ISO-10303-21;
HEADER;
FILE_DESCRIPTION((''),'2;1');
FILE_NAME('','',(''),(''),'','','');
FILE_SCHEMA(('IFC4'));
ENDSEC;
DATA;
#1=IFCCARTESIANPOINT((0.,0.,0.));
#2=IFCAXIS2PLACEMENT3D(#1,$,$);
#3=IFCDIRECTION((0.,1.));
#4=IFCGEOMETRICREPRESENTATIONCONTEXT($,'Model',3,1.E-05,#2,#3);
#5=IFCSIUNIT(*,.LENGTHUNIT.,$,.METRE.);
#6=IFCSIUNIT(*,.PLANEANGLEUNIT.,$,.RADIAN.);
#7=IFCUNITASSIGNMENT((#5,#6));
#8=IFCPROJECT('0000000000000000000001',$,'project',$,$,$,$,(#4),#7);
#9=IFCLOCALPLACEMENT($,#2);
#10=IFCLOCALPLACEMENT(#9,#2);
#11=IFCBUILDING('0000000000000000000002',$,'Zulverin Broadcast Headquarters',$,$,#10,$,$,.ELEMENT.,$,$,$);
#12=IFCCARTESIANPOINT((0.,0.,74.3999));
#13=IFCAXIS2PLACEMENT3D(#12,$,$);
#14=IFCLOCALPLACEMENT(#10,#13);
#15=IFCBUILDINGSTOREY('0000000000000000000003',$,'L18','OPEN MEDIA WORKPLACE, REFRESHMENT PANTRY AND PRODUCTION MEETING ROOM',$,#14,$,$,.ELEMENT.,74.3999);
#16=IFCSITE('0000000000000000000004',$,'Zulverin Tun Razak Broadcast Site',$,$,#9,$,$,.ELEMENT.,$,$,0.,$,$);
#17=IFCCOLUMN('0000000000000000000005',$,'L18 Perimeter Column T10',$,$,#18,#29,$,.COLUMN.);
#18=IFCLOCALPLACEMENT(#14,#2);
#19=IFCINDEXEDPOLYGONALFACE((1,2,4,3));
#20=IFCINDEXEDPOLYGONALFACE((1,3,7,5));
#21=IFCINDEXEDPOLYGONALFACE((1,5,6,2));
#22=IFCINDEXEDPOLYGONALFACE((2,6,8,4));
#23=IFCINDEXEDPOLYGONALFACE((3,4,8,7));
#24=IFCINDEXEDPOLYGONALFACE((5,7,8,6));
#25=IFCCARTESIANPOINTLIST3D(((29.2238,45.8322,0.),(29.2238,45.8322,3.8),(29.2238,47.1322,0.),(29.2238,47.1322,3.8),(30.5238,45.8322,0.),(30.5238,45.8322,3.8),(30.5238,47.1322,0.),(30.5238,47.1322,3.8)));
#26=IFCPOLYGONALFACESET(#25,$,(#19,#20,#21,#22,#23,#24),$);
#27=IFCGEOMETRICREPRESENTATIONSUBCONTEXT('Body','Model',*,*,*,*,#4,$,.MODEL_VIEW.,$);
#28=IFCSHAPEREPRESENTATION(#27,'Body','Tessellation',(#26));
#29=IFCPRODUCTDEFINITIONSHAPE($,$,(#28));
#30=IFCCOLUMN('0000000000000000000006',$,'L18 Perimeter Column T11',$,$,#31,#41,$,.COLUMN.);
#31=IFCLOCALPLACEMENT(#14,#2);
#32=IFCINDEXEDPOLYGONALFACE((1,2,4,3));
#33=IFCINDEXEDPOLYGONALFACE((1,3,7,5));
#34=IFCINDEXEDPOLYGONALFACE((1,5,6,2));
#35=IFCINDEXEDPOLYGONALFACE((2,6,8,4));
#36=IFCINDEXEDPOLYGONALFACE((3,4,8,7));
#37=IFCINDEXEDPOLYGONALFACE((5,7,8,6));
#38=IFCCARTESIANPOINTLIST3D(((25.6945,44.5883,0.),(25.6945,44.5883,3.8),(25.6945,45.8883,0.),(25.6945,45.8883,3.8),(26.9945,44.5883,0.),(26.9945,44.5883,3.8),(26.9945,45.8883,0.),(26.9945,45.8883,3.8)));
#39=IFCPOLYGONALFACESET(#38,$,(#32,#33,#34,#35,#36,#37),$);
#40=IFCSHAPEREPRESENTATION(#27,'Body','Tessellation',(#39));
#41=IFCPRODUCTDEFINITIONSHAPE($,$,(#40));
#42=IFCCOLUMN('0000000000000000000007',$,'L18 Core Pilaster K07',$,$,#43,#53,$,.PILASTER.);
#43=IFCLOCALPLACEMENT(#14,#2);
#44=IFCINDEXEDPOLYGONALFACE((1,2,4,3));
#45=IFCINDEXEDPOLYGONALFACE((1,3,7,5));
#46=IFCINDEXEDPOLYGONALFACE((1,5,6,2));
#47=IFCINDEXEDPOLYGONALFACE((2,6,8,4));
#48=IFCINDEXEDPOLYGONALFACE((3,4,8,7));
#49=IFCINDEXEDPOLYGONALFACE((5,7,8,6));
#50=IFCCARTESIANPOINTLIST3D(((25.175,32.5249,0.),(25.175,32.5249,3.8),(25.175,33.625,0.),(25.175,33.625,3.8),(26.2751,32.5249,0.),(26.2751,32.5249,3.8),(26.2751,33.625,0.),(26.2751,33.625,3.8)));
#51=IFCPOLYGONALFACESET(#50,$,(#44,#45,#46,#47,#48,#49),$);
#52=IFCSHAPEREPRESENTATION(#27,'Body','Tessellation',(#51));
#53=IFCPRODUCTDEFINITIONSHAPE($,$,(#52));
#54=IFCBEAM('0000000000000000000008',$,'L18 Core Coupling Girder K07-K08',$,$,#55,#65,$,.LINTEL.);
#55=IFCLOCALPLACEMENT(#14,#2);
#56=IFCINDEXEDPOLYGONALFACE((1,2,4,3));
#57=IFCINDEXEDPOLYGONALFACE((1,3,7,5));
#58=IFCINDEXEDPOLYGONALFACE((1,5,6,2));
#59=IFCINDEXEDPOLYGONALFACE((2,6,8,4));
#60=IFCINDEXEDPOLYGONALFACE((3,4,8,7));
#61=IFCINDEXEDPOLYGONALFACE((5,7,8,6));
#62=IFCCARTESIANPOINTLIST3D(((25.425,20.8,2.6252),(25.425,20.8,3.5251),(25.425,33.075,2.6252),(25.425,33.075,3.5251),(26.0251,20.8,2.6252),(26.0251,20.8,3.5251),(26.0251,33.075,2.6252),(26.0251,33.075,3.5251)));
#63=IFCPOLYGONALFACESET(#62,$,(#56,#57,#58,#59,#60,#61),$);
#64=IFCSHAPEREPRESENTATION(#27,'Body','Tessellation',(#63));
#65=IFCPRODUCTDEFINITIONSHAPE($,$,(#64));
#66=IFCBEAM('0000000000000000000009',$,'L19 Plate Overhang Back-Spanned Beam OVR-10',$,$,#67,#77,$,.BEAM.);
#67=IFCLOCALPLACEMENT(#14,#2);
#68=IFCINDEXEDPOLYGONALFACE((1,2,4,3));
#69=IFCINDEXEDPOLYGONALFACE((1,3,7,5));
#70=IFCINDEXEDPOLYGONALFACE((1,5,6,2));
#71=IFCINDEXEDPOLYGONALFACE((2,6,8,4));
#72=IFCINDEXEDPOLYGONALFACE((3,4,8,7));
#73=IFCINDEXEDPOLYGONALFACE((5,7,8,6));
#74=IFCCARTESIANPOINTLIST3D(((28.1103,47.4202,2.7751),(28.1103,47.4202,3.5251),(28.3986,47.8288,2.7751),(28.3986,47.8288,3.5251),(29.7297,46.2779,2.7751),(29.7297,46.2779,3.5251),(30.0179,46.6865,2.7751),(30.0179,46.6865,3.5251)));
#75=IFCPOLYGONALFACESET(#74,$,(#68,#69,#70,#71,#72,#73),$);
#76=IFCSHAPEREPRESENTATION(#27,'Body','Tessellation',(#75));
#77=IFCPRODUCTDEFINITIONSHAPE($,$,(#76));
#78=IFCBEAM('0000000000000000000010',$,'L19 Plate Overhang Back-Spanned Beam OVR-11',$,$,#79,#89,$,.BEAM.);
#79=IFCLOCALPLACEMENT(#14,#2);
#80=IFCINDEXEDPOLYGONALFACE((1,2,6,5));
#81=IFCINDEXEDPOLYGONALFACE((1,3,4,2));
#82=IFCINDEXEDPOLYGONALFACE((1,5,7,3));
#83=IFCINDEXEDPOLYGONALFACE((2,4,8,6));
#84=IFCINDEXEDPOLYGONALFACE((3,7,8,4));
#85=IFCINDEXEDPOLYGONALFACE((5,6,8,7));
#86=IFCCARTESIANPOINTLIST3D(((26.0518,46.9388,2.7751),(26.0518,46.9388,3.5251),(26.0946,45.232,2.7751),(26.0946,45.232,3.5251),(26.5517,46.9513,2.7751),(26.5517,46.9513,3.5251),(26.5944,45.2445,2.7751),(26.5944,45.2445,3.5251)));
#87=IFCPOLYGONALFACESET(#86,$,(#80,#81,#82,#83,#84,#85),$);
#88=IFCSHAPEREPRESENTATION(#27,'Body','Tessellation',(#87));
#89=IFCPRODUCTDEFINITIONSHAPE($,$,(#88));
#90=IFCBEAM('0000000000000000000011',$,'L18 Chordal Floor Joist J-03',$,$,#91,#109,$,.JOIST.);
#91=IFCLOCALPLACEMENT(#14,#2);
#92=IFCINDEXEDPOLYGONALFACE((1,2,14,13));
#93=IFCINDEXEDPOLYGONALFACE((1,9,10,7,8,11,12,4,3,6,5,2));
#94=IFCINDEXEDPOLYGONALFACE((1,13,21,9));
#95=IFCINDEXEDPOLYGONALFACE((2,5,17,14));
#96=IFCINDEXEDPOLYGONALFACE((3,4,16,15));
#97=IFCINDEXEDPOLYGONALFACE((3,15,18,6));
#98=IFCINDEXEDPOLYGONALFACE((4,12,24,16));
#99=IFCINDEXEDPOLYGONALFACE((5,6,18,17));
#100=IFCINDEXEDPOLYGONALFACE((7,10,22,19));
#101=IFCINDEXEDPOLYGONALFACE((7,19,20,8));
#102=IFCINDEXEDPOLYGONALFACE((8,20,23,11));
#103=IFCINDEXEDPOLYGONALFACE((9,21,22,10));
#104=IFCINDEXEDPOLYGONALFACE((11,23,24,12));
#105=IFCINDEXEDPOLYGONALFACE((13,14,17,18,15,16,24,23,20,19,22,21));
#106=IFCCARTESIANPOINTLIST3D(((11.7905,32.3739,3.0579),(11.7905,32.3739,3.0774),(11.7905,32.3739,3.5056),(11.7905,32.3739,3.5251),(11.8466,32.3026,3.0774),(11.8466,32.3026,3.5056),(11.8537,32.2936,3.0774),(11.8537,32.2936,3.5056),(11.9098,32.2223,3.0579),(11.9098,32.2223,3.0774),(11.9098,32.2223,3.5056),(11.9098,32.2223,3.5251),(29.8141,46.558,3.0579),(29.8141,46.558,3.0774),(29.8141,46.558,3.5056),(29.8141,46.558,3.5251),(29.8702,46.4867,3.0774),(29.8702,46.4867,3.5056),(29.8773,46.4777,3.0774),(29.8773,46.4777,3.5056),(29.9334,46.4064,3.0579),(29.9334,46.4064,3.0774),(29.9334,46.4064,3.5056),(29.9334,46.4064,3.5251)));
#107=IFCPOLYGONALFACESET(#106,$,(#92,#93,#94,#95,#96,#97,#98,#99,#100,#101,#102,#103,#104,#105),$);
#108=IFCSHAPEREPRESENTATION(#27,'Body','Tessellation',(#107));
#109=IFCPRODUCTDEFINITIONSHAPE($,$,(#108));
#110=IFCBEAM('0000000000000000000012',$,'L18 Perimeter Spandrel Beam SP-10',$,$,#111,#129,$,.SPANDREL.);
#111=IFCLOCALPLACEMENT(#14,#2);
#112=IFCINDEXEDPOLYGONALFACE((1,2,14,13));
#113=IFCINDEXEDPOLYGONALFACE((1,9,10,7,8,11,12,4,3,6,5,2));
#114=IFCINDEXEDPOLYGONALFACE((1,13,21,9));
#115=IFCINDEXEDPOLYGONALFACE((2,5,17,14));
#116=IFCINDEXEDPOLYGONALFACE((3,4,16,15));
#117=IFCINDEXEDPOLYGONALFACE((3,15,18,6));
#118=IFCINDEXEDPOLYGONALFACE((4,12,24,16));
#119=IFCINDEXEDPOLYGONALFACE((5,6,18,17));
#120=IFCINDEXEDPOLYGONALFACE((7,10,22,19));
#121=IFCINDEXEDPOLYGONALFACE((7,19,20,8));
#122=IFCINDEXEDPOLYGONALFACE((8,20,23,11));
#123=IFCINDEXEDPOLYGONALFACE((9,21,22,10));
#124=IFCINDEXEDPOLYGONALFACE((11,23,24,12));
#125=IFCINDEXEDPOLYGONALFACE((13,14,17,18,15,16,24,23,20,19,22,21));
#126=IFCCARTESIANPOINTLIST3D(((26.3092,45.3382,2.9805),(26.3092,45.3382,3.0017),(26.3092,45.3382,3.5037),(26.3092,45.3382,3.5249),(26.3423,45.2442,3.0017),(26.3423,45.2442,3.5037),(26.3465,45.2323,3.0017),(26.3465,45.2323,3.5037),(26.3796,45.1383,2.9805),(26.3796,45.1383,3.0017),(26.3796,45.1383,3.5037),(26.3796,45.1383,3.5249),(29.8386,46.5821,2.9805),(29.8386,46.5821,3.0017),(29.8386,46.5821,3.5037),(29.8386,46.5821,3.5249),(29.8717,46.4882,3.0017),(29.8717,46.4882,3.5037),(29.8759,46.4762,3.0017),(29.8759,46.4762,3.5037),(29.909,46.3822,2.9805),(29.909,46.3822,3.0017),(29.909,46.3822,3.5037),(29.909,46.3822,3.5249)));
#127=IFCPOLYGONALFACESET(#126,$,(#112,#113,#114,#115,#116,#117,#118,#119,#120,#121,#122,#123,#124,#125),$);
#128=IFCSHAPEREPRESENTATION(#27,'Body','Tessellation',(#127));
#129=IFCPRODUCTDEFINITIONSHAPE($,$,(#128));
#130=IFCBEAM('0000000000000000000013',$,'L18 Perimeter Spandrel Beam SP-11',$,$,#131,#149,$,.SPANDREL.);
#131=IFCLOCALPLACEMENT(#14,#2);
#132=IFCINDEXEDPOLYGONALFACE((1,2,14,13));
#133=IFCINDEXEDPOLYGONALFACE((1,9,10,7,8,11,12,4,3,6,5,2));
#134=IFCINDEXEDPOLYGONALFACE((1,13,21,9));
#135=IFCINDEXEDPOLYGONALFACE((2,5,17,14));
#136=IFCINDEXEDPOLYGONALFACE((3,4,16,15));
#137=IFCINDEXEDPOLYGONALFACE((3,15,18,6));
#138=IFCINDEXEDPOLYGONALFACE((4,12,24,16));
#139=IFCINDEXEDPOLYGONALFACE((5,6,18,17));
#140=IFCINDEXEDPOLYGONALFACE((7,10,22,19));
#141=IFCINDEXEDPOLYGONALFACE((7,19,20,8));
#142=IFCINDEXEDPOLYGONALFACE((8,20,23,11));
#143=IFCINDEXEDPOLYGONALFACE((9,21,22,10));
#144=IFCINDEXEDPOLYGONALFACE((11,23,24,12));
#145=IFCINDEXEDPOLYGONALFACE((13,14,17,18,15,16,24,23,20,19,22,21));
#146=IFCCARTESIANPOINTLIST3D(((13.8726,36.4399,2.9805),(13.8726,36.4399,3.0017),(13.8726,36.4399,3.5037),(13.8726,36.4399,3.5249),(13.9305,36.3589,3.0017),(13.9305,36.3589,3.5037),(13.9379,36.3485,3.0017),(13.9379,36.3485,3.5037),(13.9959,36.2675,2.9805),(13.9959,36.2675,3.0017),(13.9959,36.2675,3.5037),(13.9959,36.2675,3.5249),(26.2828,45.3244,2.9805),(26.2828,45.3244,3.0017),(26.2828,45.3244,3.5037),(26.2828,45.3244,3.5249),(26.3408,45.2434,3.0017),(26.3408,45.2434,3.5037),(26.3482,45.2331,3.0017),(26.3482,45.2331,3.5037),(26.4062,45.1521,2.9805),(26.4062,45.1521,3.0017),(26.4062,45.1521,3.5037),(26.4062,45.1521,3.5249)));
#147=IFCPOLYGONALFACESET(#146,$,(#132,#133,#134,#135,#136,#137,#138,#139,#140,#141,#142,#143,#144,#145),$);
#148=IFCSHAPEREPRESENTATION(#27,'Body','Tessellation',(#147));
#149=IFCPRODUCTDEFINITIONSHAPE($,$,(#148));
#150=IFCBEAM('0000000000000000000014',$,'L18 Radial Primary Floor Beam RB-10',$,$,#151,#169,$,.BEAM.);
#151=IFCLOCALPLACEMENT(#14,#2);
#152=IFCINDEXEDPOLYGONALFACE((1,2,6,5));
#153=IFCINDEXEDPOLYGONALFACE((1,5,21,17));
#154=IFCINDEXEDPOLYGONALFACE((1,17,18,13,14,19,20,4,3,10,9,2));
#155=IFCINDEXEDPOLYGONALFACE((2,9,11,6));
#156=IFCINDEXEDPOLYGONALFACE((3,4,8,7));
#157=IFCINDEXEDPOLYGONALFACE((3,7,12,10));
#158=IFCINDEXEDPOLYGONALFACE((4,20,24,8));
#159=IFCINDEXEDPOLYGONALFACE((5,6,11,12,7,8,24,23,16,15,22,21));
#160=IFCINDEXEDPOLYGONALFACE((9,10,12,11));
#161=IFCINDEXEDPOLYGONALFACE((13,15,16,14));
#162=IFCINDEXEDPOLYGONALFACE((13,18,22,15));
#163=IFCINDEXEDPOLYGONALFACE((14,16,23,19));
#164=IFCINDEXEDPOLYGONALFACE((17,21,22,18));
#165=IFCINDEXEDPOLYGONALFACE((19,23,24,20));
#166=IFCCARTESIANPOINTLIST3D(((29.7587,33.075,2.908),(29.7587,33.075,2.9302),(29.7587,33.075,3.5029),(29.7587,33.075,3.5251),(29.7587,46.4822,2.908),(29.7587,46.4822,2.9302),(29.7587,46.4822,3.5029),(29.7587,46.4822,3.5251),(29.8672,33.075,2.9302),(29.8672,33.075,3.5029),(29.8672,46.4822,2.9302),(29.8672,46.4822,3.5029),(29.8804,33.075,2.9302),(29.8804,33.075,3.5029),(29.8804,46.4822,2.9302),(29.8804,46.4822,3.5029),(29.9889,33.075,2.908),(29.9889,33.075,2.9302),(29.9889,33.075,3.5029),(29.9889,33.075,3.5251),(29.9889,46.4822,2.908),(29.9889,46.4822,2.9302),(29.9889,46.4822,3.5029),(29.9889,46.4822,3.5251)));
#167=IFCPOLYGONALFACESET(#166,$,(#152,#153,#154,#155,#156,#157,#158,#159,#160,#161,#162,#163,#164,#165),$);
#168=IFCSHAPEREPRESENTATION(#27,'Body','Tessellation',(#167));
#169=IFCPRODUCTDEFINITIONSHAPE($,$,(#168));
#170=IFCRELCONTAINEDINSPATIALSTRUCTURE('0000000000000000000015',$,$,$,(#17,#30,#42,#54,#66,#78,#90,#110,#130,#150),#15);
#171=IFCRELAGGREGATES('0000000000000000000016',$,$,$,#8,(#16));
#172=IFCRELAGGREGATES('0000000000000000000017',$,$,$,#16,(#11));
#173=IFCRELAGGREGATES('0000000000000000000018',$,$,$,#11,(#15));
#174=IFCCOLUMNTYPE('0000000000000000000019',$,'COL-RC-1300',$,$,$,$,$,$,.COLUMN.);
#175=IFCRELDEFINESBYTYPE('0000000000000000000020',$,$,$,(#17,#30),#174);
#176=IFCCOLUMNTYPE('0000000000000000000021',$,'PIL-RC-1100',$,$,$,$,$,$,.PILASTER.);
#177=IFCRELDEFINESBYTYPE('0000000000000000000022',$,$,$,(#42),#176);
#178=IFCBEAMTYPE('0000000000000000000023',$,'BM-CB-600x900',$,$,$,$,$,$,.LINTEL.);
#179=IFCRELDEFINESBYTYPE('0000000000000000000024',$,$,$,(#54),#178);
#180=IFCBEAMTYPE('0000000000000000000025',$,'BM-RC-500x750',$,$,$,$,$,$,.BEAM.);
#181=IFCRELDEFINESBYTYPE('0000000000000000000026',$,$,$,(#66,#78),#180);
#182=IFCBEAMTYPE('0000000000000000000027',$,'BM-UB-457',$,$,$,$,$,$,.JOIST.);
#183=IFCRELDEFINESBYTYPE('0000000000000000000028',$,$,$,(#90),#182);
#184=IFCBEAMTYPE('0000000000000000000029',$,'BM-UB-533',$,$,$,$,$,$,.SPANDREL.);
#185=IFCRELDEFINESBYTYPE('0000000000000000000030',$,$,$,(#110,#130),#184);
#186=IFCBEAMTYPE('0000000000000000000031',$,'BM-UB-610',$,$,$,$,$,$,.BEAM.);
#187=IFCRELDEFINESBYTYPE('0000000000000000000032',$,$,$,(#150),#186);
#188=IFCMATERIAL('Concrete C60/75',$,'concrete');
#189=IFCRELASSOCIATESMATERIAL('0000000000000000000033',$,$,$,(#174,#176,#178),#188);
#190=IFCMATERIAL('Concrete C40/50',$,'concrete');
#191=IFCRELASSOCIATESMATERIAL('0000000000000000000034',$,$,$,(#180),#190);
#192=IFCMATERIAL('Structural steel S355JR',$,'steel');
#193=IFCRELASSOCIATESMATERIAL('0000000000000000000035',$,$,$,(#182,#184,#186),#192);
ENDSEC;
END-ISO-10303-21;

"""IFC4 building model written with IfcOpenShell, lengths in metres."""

from ifc_helpers import new_model, si_unit, direction, frame, origin, origin_2d, place, context, subcontext, project, spatial, rectangle, i_section, extrude, material, material_profile, profile_set, type_object, element, save


model = new_model("IFC4")

# Units and contexts
model_context = context("Model", 3, precision=1e-05, world=origin(), true_north=direction((0.0, 1.0)))
body_context = subcontext(model_context, "Body", "Model", "MODEL_VIEW")
ifc_project = project(units=[si_unit("LENGTHUNIT", "METRE"), si_unit("PLANEANGLEUNIT", "RADIAN")], contexts=[model_context])

# Site, building, storey
site_placement = place(None, origin())
site = spatial("IfcSite", under=ifc_project, at=site_placement, Name="Zulverin Tun Razak Broadcast Site", CompositionType="ELEMENT", RefElevation=0.0)
building_placement = place(site_placement, origin())
building = spatial("IfcBuilding", under=site, at=building_placement, Name="Zulverin Broadcast Headquarters", CompositionType="ELEMENT")
storey_placement = place(building_placement, frame((0.0, 0.0, 74.3999)))
storey = spatial("IfcBuildingStorey", under=building, at=storey_placement, Name="L18", Description="OPEN MEDIA WORKPLACE, REFRESHMENT PANTRY AND PRODUCTION MEETING ROOM", CompositionType="ELEMENT", Elevation=74.3999)

# Columns
ifc_material_1 = material(Name="Concrete C60/75", Category="concrete")
ifc_material_profile_1 = material_profile(ifc_material_1, rectangle(XDim=1.3, YDim=1.3, at=origin_2d()), Name="Concrete C60/75", Category="concrete")
ifc_profile_set_1 = profile_set([ifc_material_profile_1], Name="Concrete C60/75")
column_type_1 = type_object("IfcColumnType", Name="COL-RC-1300", PredefinedType="COLUMN", material=ifc_profile_set_1)
for number, where, z_axis, x_axis, name in (
    (1, (29.8738, 46.4822, 0.0), (0.0, 0.0, 1.0), (1.0, 0.0, 0.0), "L18 Perimeter Column T10"),
    (2, (26.3445, 45.2383, 0.0), (0.0, 0.0, 1.0), (1.0, 0.0, 0.0), "L18 Perimeter Column T11"),
):
    element("IfcColumn", number, at=place(storey_placement, frame(where, z_axis=z_axis, x_axis=x_axis)), inside=storey, type_object=column_type_1, Name=name, PredefinedType="COLUMN", context=body_context, shape_type="SweptSolid", body=[
        extrude(rectangle(XDim=1.3, YDim=1.3, at=origin_2d()), origin(), (0.0, 0.0, 1.0), 3.8),
    ])
ifc_material_profile_2 = material_profile(ifc_material_1, rectangle(XDim=1.1001, YDim=1.1001, at=origin_2d()), Name="Concrete C60/75", Category="concrete")
ifc_profile_set_2 = profile_set([ifc_material_profile_2], Name="Concrete C60/75")
column_type_2 = type_object("IfcColumnType", Name="PIL-RC-1100", PredefinedType="PILASTER", material=ifc_profile_set_2)
column_placement = place(storey_placement, frame((25.7251, 33.075, 0.0), z_axis=(0.0, 0.0, 1.0), x_axis=(1.0, 0.0, 0.0)))
element("IfcColumn", 3, at=column_placement, inside=storey, type_object=column_type_2, Name="L18 Core Pilaster K07", PredefinedType="PILASTER", context=body_context, shape_type="SweptSolid", body=[
    extrude(rectangle(XDim=1.1001, YDim=1.1001, at=origin_2d()), origin(), (0.0, 0.0, 1.0), 3.8),
])

# Beams
ifc_material_profile_3 = material_profile(ifc_material_1, rectangle(XDim=0.6001, YDim=0.8999, at=origin_2d()), Name="Concrete C60/75", Category="concrete")
ifc_profile_set_3 = profile_set([ifc_material_profile_3], Name="Concrete C60/75")
beam_type_1 = type_object("IfcBeamType", Name="BM-CB-600x900", PredefinedType="LINTEL", material=ifc_profile_set_3)
beam_1_placement = place(storey_placement, frame((25.7251, 33.075, 3.0752), z_axis=(0.0, -1.0, 0.0), x_axis=(1.0, 0.0, 0.0)))
element("IfcBeam", 4, at=beam_1_placement, inside=storey, type_object=beam_type_1, Name="L18 Core Coupling Girder K07-K08", PredefinedType="LINTEL", context=body_context, shape_type="SweptSolid", body=[
    extrude(rectangle(XDim=0.6001, YDim=0.8999, at=origin_2d()), origin(), (0.0, 0.0, 1.0), 12.2749),
])
ifc_material_2 = material(Name="Concrete C40/50", Category="concrete")
ifc_material_profile_4 = material_profile(ifc_material_2, rectangle(XDim=0.5, YDim=0.75, at=origin_2d()), Name="Concrete C40/50", Category="concrete")
ifc_profile_set_4 = profile_set([ifc_material_profile_4], Name="Concrete C40/50")
beam_type_2 = type_object("IfcBeamType", Name="BM-RC-500x750", PredefinedType="BEAM", material=ifc_profile_set_4)
beam_2_placement = place(storey_placement, frame((29.8738, 46.4822, 3.1501), z_axis=(-0.817149, 0.576427, 0.0), x_axis=(-0.576427, -0.817149, 0.0)))
element("IfcBeam", 5, at=beam_2_placement, inside=storey, type_object=beam_type_2, Name="L19 Plate Overhang Back-Spanned Beam OVR-10", PredefinedType="BEAM", context=body_context, shape_type="SweptSolid", body=[
    extrude(rectangle(XDim=0.5, YDim=0.75, at=origin_2d()), origin(), (0.0, 0.0, 1.0), 1.9817),
])
beam_3_placement = place(storey_placement, frame((26.3445, 45.2383, 3.1501), z_axis=(-0.025024, 0.999687, 0.0), x_axis=(-0.999687, -0.025024, 0.0)))
element("IfcBeam", 6, at=beam_3_placement, inside=storey, type_object=beam_type_2, Name="L19 Plate Overhang Back-Spanned Beam OVR-11", PredefinedType="BEAM", context=body_context, shape_type="SweptSolid", body=[
    extrude(rectangle(XDim=0.5, YDim=0.75, at=origin_2d()), origin(), (0.0, 0.0, 1.0), 1.7073),
])
ifc_material_3 = material(Name="Structural steel S355JR", Category="steel")
ifc_material_profile_5 = material_profile(ifc_material_3, i_section(OverallWidth=0.1929, OverallDepth=0.4673, WebThickness=0.0115, FlangeThickness=0.0195, at=origin_2d()), Name="Structural steel S355JR", Category="steel")
ifc_profile_set_5 = profile_set([ifc_material_profile_5], Name="Structural steel S355JR")
beam_type_3 = type_object("IfcBeamType", Name="BM-UB-457", PredefinedType="JOIST", material=ifc_profile_set_5)
beam_4_placement = place(storey_placement, frame((29.8738, 46.4822, 3.2915), z_axis=(-0.785839, -0.618431, 0.0), x_axis=(0.618431, -0.785839, 0.0)))
element("IfcBeam", 7, at=beam_4_placement, inside=storey, type_object=beam_type_3, Name="L18 Chordal Floor Joist J-03", PredefinedType="JOIST", context=body_context, shape_type="SweptSolid", body=[
    extrude(i_section(OverallWidth=0.1929, OverallDepth=0.4673, WebThickness=0.0115, FlangeThickness=0.0195, at=origin_2d()), origin(), (0.0, 0.0, 1.0), 22.9355),
])
ifc_material_profile_6 = material_profile(ifc_material_3, i_section(OverallWidth=0.2119, OverallDepth=0.5444, WebThickness=0.0127, FlangeThickness=0.0212, at=origin_2d()), Name="Structural steel S355JR", Category="steel")
ifc_profile_set_6 = profile_set([ifc_material_profile_6], Name="Structural steel S355JR")
beam_type_4 = type_object("IfcBeamType", Name="BM-UB-533", PredefinedType="SPANDREL", material=ifc_profile_set_6)
beam_5_placement = place(storey_placement, frame((29.8738, 46.4822, 3.2527), z_axis=(-0.943136, -0.332407, 0.0), x_axis=(0.332407, -0.943136, 0.0)))
element("IfcBeam", 8, at=beam_5_placement, inside=storey, type_object=beam_type_4, Name="L18 Perimeter Spandrel Beam SP-10", PredefinedType="SPANDREL", context=body_context, shape_type="SweptSolid", body=[
    extrude(i_section(OverallWidth=0.2119, OverallDepth=0.5444, WebThickness=0.0127, FlangeThickness=0.0212, at=origin_2d()), origin(), (0.0, 0.0, 1.0), 3.7422),
])
beam_6_placement = place(storey_placement, frame((26.3445, 45.2383, 3.2527), z_axis=(-0.813109, -0.582111, 0.0), x_axis=(0.582111, -0.813109, 0.0)))
element("IfcBeam", 9, at=beam_6_placement, inside=storey, type_object=beam_type_4, Name="L18 Perimeter Spandrel Beam SP-11", PredefinedType="SPANDREL", context=body_context, shape_type="SweptSolid", body=[
    extrude(i_section(OverallWidth=0.2119, OverallDepth=0.5444, WebThickness=0.0127, FlangeThickness=0.0212, at=origin_2d()), origin(), (0.0, 0.0, 1.0), 15.2627),
])
ifc_material_profile_7 = material_profile(ifc_material_3, i_section(OverallWidth=0.2302, OverallDepth=0.6172, WebThickness=0.0132, FlangeThickness=0.0222, at=origin_2d()), Name="Structural steel S355JR", Category="steel")
ifc_profile_set_7 = profile_set([ifc_material_profile_7], Name="Structural steel S355JR")
beam_type_5 = type_object("IfcBeamType", Name="BM-UB-610", PredefinedType="BEAM", material=ifc_profile_set_7)
beam_7_placement = place(storey_placement, frame((29.8738, 33.075, 3.2166), z_axis=(0.0, 1.0, 0.0), x_axis=(-1.0, 0.0, 0.0)))
element("IfcBeam", 10, at=beam_7_placement, inside=storey, type_object=beam_type_5, Name="L18 Radial Primary Floor Beam RB-10", PredefinedType="BEAM", context=body_context, shape_type="SweptSolid", body=[
    extrude(i_section(OverallWidth=0.2302, OverallDepth=0.6172, WebThickness=0.0132, FlangeThickness=0.0222, at=origin_2d()), origin(), (0.0, 0.0, 1.0), 13.4072),
])

save(model, "model.ifc")
